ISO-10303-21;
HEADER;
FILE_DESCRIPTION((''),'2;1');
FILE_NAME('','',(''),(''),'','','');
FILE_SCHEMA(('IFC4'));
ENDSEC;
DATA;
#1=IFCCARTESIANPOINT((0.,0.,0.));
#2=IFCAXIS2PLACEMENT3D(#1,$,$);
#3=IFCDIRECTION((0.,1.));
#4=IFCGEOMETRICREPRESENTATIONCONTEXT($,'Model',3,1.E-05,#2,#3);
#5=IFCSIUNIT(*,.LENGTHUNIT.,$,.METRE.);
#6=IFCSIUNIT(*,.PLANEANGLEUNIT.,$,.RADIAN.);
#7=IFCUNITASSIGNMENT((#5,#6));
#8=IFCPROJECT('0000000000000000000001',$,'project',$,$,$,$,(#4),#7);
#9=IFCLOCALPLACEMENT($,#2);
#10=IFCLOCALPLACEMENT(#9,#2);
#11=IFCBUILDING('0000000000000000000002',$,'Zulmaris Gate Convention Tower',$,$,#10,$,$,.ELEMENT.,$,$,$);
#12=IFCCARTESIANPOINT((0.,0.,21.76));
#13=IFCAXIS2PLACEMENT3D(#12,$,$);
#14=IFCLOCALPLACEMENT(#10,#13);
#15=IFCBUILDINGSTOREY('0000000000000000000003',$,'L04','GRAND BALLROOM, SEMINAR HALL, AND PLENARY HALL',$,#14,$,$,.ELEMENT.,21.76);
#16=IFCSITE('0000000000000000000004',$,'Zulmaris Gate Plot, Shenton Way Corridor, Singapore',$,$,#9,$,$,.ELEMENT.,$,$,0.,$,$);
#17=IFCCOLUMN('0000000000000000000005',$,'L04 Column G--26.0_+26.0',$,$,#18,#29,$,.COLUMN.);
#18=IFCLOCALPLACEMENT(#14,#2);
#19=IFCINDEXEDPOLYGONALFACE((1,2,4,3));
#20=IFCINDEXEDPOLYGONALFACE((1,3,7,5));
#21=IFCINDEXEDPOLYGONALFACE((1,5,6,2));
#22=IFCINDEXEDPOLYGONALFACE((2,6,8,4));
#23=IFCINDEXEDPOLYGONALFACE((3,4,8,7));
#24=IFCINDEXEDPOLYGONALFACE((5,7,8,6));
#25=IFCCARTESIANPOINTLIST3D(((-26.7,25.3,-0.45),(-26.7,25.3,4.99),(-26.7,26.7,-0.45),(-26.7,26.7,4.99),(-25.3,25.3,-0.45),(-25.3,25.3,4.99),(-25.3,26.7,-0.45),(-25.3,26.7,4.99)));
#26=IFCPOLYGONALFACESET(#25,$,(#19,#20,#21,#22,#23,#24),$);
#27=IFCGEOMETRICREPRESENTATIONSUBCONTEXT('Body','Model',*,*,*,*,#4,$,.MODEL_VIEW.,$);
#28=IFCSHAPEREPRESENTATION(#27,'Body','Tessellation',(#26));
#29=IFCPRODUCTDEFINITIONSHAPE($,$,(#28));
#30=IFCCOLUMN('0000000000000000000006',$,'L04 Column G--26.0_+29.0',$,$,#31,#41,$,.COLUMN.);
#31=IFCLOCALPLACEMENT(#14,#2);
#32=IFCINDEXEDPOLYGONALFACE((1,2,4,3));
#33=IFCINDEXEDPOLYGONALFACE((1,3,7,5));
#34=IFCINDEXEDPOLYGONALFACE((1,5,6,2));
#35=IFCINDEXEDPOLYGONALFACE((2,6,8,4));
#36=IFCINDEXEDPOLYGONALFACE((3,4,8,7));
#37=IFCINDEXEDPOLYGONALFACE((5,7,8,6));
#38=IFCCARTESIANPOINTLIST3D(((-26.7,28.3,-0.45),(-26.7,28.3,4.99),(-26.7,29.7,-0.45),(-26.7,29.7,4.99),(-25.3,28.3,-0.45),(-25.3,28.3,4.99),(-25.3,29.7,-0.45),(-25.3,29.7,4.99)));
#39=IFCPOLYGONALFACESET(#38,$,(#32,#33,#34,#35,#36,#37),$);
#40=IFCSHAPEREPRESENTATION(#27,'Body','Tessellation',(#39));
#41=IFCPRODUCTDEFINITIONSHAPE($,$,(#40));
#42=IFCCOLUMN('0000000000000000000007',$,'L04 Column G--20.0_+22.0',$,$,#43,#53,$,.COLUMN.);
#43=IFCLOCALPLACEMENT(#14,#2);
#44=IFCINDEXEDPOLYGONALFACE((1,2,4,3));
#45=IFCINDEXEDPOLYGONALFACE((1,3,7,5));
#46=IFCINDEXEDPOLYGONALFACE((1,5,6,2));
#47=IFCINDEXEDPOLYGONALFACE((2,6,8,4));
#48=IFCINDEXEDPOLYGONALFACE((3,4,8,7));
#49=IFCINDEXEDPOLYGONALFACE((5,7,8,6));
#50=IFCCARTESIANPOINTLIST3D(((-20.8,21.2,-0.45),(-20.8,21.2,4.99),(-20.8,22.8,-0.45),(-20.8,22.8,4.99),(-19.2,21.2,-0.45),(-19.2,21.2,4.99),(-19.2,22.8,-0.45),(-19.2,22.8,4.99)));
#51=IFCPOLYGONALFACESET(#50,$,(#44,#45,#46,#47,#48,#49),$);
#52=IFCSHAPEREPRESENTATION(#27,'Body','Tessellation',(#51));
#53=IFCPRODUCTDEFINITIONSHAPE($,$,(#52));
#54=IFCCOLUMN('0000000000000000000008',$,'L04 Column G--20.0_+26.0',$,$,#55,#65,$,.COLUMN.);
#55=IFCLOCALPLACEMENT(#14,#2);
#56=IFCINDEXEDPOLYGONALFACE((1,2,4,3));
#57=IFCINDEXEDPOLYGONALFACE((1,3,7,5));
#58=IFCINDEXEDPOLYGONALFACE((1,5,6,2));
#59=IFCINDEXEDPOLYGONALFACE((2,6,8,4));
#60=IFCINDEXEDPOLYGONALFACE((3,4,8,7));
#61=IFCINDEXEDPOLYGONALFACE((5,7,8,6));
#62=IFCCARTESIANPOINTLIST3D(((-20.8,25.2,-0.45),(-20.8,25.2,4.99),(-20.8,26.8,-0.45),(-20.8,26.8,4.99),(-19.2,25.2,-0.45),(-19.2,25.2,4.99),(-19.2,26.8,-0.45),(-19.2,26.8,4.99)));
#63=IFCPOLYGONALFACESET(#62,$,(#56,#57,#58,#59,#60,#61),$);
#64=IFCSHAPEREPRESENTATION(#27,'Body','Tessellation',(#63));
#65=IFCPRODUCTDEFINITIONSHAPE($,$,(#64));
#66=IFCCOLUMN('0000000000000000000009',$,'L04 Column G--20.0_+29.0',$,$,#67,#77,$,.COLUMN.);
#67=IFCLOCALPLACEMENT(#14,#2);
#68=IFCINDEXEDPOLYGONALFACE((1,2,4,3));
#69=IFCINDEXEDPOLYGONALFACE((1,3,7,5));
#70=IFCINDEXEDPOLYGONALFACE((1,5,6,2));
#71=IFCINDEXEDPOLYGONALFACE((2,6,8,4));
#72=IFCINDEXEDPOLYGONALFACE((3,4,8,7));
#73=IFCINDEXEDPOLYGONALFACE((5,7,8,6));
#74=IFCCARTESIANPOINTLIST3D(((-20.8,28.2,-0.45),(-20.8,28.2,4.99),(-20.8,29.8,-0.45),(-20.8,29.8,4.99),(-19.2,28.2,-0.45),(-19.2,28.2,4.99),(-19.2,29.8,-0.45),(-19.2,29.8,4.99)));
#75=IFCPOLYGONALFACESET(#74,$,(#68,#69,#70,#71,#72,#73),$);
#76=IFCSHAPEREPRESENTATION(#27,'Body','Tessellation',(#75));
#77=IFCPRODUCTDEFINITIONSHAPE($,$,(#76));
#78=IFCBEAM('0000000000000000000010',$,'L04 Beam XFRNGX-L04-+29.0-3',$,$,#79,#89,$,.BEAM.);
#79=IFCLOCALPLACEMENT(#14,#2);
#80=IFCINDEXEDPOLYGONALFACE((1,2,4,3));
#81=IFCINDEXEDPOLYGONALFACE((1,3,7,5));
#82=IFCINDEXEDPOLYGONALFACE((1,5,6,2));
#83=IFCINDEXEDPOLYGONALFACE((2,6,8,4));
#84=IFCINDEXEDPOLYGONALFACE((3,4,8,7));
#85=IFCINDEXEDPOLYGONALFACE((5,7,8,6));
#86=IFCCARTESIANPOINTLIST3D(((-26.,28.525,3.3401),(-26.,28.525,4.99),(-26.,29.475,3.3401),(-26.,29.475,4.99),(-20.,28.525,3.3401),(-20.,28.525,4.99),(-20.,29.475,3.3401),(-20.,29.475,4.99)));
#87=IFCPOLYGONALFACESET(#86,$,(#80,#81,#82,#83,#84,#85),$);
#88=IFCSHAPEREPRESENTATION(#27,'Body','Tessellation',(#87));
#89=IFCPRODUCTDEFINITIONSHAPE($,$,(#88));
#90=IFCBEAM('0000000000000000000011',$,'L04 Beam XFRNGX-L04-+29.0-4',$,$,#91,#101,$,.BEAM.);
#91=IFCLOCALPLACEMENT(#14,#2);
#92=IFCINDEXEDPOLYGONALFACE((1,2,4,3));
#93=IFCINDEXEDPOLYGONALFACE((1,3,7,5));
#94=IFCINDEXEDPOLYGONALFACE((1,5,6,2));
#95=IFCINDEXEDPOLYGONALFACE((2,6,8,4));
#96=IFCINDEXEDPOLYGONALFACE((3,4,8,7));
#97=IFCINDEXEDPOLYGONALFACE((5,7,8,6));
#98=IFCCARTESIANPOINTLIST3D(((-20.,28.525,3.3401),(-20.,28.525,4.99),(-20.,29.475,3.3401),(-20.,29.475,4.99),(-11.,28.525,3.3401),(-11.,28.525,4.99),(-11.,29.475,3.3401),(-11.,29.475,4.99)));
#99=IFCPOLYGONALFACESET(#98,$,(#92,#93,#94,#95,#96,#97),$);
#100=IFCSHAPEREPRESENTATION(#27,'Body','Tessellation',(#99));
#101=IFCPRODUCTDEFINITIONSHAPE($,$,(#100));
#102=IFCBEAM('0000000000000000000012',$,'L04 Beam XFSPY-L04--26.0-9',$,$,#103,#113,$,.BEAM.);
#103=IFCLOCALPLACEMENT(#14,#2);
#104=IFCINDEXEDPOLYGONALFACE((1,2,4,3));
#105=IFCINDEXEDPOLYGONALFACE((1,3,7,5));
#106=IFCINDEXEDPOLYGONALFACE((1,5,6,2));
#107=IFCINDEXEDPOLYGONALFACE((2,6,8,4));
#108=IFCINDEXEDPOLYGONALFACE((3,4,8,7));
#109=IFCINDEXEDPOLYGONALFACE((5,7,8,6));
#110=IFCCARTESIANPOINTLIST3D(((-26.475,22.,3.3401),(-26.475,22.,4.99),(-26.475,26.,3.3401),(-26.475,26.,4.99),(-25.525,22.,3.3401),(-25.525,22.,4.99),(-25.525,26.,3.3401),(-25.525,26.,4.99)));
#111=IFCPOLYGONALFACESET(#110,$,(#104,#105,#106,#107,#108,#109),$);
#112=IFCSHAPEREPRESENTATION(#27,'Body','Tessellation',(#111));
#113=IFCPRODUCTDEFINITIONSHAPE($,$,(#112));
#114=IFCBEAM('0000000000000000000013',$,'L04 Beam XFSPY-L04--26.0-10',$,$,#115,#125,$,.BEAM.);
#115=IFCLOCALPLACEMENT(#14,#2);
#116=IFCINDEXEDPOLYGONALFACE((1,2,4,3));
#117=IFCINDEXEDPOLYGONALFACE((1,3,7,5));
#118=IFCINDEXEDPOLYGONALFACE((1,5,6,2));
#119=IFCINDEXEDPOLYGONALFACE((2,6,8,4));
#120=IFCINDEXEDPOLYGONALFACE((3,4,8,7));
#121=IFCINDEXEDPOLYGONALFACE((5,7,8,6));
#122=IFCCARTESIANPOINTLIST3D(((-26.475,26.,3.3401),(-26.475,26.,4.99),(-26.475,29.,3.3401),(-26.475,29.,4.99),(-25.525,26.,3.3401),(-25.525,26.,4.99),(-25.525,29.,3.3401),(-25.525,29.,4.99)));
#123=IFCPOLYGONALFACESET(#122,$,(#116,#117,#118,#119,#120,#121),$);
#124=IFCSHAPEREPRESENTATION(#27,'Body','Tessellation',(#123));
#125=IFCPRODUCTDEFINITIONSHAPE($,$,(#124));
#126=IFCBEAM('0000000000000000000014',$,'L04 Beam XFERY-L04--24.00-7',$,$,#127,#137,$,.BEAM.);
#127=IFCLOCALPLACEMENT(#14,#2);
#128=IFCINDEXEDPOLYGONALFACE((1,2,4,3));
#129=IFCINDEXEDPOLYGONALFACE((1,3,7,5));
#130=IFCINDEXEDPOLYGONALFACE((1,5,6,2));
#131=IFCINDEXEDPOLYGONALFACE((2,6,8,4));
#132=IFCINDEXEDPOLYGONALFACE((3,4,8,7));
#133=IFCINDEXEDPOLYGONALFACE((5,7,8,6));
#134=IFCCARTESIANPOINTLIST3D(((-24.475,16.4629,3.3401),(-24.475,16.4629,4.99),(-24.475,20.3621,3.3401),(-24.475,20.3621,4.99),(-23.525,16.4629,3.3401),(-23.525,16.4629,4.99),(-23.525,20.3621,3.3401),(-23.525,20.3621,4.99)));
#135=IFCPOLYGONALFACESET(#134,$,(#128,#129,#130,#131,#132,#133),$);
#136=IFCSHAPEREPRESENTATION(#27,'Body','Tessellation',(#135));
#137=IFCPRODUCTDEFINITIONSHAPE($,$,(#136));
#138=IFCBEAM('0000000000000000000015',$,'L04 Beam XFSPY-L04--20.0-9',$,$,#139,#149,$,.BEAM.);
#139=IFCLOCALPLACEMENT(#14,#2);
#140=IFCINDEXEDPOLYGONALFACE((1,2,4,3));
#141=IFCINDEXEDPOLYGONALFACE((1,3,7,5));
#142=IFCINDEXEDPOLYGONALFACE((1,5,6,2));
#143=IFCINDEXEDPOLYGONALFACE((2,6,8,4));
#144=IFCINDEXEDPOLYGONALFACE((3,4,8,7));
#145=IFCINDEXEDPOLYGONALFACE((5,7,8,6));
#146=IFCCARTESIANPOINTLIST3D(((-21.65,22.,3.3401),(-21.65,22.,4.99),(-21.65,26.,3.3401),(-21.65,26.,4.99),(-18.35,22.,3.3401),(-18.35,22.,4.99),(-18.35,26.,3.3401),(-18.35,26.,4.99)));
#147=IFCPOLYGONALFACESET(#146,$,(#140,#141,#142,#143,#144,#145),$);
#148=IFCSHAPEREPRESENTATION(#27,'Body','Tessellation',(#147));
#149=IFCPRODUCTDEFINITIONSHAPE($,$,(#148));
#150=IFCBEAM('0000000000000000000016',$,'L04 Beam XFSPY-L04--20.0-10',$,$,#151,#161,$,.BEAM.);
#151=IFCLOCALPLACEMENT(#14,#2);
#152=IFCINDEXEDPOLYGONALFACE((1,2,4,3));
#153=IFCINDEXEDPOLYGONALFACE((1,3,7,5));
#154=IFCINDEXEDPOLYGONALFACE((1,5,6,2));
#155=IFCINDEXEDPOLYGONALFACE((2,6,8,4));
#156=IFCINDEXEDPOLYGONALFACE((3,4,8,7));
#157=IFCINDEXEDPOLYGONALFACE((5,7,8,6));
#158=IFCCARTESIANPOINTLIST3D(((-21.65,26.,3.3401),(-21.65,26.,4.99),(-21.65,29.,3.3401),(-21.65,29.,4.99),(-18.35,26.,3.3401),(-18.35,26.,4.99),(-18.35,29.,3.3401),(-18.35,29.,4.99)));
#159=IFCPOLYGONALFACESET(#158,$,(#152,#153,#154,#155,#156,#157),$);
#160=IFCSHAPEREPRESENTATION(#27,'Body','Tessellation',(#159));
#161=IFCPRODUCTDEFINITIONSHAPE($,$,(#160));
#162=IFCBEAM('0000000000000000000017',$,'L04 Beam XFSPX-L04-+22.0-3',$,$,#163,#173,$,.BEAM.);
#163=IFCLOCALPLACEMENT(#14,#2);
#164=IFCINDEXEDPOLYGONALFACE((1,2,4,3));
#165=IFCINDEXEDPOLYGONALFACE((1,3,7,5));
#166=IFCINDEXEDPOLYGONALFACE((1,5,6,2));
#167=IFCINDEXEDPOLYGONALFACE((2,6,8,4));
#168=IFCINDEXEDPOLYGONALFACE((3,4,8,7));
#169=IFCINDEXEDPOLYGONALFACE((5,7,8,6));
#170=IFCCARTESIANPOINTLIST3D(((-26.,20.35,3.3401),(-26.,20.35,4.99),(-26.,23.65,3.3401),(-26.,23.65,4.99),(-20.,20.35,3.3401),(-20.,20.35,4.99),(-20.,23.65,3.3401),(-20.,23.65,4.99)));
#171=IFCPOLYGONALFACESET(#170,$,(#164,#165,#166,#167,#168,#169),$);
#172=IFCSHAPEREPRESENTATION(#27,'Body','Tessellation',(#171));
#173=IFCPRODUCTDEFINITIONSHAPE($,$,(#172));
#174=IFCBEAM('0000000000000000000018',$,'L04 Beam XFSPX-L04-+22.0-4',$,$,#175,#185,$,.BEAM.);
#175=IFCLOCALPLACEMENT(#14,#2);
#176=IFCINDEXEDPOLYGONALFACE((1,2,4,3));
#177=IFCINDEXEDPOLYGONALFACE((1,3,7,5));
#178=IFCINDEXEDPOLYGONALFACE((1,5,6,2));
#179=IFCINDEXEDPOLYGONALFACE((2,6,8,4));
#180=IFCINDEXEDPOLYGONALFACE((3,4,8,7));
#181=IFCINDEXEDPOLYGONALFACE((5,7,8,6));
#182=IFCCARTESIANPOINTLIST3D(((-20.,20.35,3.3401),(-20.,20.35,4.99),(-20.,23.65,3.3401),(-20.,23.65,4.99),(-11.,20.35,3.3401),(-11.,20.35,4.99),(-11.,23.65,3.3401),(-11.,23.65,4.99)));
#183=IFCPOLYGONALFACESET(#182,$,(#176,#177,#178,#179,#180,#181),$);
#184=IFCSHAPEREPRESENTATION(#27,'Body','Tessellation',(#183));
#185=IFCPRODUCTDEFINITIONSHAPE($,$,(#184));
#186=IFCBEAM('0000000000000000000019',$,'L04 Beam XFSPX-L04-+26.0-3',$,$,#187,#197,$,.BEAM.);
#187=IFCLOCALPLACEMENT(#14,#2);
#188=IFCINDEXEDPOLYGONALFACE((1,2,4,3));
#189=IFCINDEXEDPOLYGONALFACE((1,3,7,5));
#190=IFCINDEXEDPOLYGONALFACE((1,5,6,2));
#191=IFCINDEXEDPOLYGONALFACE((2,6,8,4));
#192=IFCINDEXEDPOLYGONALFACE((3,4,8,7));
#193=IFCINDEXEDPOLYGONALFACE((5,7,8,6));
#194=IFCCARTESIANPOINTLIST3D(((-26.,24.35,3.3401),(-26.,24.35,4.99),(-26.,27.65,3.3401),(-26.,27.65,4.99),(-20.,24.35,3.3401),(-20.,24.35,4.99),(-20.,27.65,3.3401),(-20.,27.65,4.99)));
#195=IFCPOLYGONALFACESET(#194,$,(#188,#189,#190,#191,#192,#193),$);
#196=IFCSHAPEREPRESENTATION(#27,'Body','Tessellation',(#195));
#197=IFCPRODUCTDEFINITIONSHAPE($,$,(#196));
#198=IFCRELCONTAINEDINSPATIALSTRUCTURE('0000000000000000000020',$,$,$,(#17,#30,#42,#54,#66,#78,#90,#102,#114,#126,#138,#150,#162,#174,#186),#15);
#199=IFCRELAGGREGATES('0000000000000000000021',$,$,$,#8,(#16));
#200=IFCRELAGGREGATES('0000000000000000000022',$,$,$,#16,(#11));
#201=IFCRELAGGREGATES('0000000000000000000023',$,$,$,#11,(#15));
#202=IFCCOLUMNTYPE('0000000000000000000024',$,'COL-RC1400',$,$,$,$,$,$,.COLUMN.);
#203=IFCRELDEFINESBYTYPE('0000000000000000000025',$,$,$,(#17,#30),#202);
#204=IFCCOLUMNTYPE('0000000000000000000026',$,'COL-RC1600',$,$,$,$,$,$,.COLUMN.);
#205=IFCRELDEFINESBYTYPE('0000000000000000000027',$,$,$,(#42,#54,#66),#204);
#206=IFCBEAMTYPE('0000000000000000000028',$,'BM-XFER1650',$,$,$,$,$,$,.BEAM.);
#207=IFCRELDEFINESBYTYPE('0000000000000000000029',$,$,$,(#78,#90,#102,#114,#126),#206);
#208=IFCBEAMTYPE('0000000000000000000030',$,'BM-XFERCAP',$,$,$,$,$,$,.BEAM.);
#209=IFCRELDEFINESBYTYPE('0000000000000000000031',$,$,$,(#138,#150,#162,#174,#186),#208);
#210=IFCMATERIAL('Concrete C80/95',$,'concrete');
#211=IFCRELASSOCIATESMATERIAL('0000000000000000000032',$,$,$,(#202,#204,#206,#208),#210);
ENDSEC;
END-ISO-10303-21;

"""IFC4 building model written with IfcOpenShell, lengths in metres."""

from ifc_helpers import new_model, si_unit, direction, frame, origin, origin_2d, place, context, subcontext, project, spatial, rectangle, extrude, material, material_profile, profile_set, type_object, element, save


model = new_model("IFC4")

# Units and contexts
model_context = context("Model", 3, precision=1e-05, world=origin(), true_north=direction((0.0, 1.0)))
body_context = subcontext(model_context, "Body", "Model", "MODEL_VIEW")
ifc_project = project(units=[si_unit("LENGTHUNIT", "METRE"), si_unit("PLANEANGLEUNIT", "RADIAN")], contexts=[model_context])

# Site, building, storey
site_placement = place(None, origin())
site = spatial("IfcSite", under=ifc_project, at=site_placement, Name="Zulmaris Gate Plot, Shenton Way Corridor, Singapore", CompositionType="ELEMENT", RefElevation=0.0)
building_placement = place(site_placement, origin())
building = spatial("IfcBuilding", under=site, at=building_placement, Name="Zulmaris Gate Convention Tower", CompositionType="ELEMENT")
storey_placement = place(building_placement, frame((0.0, 0.0, 21.76)))
storey = spatial("IfcBuildingStorey", under=building, at=storey_placement, Name="L04", Description="GRAND BALLROOM, SEMINAR HALL, AND PLENARY HALL", CompositionType="ELEMENT", Elevation=21.76)

# Columns
ifc_material_1 = material(Name="Concrete C80/95", Category="concrete")
ifc_material_profile_1 = material_profile(ifc_material_1, rectangle(XDim=1.3999, YDim=1.3999, at=origin_2d()), Name="RC COL 1400x1400")
ifc_profile_set_1 = profile_set([ifc_material_profile_1], Name="Concrete C80/95")
column_type_1 = type_object("IfcColumnType", Name="COL-RC1400", PredefinedType="COLUMN", material=ifc_profile_set_1)
for number, where, z_axis, x_axis, name in (
    (1, (-26.0, 26.0, -0.45), (0.0, 0.0, 1.0), (1.0, 0.0, 0.0), "L04 Column G--26.0_+26.0"),
    (2, (-26.0, 29.0, -0.45), (0.0, 0.0, 1.0), (1.0, 0.0, 0.0), "L04 Column G--26.0_+29.0"),
):
    element("IfcColumn", number, at=place(storey_placement, frame(where, z_axis=z_axis, x_axis=x_axis)), inside=storey, type_object=column_type_1, Name=name, PredefinedType="COLUMN", context=body_context, shape_type="SweptSolid", body=[
        extrude(rectangle(XDim=1.3999, YDim=1.3999, at=origin_2d()), origin(), (0.0, 0.0, 1.0), 5.4399),
    ])
ifc_material_profile_2 = material_profile(ifc_material_1, rectangle(XDim=1.6001, YDim=1.6001, at=origin_2d()), Name="RC COL 1600x1600")
ifc_profile_set_2 = profile_set([ifc_material_profile_2], Name="Concrete C80/95")
column_type_2 = type_object("IfcColumnType", Name="COL-RC1600", PredefinedType="COLUMN", material=ifc_profile_set_2)
for number, where, z_axis, x_axis, name in (
    (3, (-20.0, 22.0, -0.45), (0.0, 0.0, 1.0), (1.0, 0.0, 0.0), "L04 Column G--20.0_+22.0"),
    (4, (-20.0, 26.0, -0.45), (0.0, 0.0, 1.0), (1.0, 0.0, 0.0), "L04 Column G--20.0_+26.0"),
    (5, (-20.0, 29.0, -0.45), (0.0, 0.0, 1.0), (1.0, 0.0, 0.0), "L04 Column G--20.0_+29.0"),
):
    element("IfcColumn", number, at=place(storey_placement, frame(where, z_axis=z_axis, x_axis=x_axis)), inside=storey, type_object=column_type_2, Name=name, PredefinedType="COLUMN", context=body_context, shape_type="SweptSolid", body=[
        extrude(rectangle(XDim=1.6001, YDim=1.6001, at=origin_2d()), origin(), (0.0, 0.0, 1.0), 5.4399),
    ])

# Beams
ifc_material_profile_3 = material_profile(ifc_material_1, rectangle(XDim=0.95, YDim=1.6499, at=origin_2d()), Name="RC TRANSFER 950x1650")
ifc_profile_set_3 = profile_set([ifc_material_profile_3], Name="Concrete C80/95")
beam_type_1 = type_object("IfcBeamType", Name="BM-XFER1650", PredefinedType="BEAM", material=ifc_profile_set_3)
beam_1_placement = place(storey_placement, frame((-26.0, 29.0, 4.165), z_axis=(1.0, 0.0, 0.0), x_axis=(0.0, 1.0, 0.0)))
element("IfcBeam", 6, at=beam_1_placement, inside=storey, type_object=beam_type_1, Name="L04 Beam XFRNGX-L04-+29.0-3", PredefinedType="BEAM", context=body_context, shape_type="SweptSolid", body=[
    extrude(rectangle(XDim=0.95, YDim=1.6499, at=origin_2d()), origin(), (0.0, 0.0, 1.0), 6.0),
])
beam_2_placement = place(storey_placement, frame((-20.0, 29.0, 4.165), z_axis=(1.0, 0.0, 0.0), x_axis=(0.0, 1.0, 0.0)))
element("IfcBeam", 7, at=beam_2_placement, inside=storey, type_object=beam_type_1, Name="L04 Beam XFRNGX-L04-+29.0-4", PredefinedType="BEAM", context=body_context, shape_type="SweptSolid", body=[
    extrude(rectangle(XDim=0.95, YDim=1.6499, at=origin_2d()), origin(), (0.0, 0.0, 1.0), 9.0),
])
beam_3_placement = place(storey_placement, frame((-26.0, 22.0, 4.165), z_axis=(0.0, 1.0, 0.0), x_axis=(-1.0, 0.0, 0.0)))
element("IfcBeam", 8, at=beam_3_placement, inside=storey, type_object=beam_type_1, Name="L04 Beam XFSPY-L04--26.0-9", PredefinedType="BEAM", context=body_context, shape_type="SweptSolid", body=[
    extrude(rectangle(XDim=0.95, YDim=1.6499, at=origin_2d()), origin(), (0.0, 0.0, 1.0), 4.0),
])
beam_4_placement = place(storey_placement, frame((-26.0, 26.0, 4.165), z_axis=(0.0, 1.0, 0.0), x_axis=(-1.0, 0.0, 0.0)))
element("IfcBeam", 9, at=beam_4_placement, inside=storey, type_object=beam_type_1, Name="L04 Beam XFSPY-L04--26.0-10", PredefinedType="BEAM", context=body_context, shape_type="SweptSolid", body=[
    extrude(rectangle(XDim=0.95, YDim=1.6499, at=origin_2d()), origin(), (0.0, 0.0, 1.0), 3.0),
])
beam_5_placement = place(storey_placement, frame((-24.0, 16.4629, 4.165), z_axis=(0.0, 1.0, 0.0), x_axis=(-1.0, 0.0, 0.0)))
element("IfcBeam", 10, at=beam_5_placement, inside=storey, type_object=beam_type_1, Name="L04 Beam XFERY-L04--24.00-7", PredefinedType="BEAM", context=body_context, shape_type="SweptSolid", body=[
    extrude(rectangle(XDim=0.95, YDim=1.6499, at=origin_2d()), origin(), (0.0, 0.0, 1.0), 3.8992),
])
ifc_material_profile_4 = material_profile(ifc_material_1, rectangle(XDim=3.3, YDim=1.6499, at=origin_2d()), Name="RC TRANSFER 3300x1650")
ifc_profile_set_4 = profile_set([ifc_material_profile_4], Name="Concrete C80/95")
beam_type_2 = type_object("IfcBeamType", Name="BM-XFERCAP", PredefinedType="BEAM", material=ifc_profile_set_4)
beam_6_placement = place(storey_placement, frame((-20.0, 22.0, 4.165), z_axis=(0.0, 1.0, 0.0), x_axis=(-1.0, 0.0, 0.0)))
element("IfcBeam", 11, at=beam_6_placement, inside=storey, type_object=beam_type_2, Name="L04 Beam XFSPY-L04--20.0-9", PredefinedType="BEAM", context=body_context, shape_type="SweptSolid", body=[
    extrude(rectangle(XDim=3.3, YDim=1.6499, at=origin_2d()), origin(), (0.0, 0.0, 1.0), 4.0),
])
beam_7_placement = place(storey_placement, frame((-20.0, 26.0, 4.165), z_axis=(0.0, 1.0, 0.0), x_axis=(-1.0, 0.0, 0.0)))
element("IfcBeam", 12, at=beam_7_placement, inside=storey, type_object=beam_type_2, Name="L04 Beam XFSPY-L04--20.0-10", PredefinedType="BEAM", context=body_context, shape_type="SweptSolid", body=[
    extrude(rectangle(XDim=3.3, YDim=1.6499, at=origin_2d()), origin(), (0.0, 0.0, 1.0), 3.0),
])
beam_8_placement = place(storey_placement, frame((-26.0, 22.0, 4.165), z_axis=(1.0, 0.0, 0.0), x_axis=(0.0, 1.0, 0.0)))
element("IfcBeam", 13, at=beam_8_placement, inside=storey, type_object=beam_type_2, Name="L04 Beam XFSPX-L04-+22.0-3", PredefinedType="BEAM", context=body_context, shape_type="SweptSolid", body=[
    extrude(rectangle(XDim=3.3, YDim=1.6499, at=origin_2d()), origin(), (0.0, 0.0, 1.0), 6.0),
])
beam_9_placement = place(storey_placement, frame((-20.0, 22.0, 4.165), z_axis=(1.0, 0.0, 0.0), x_axis=(0.0, 1.0, 0.0)))
element("IfcBeam", 14, at=beam_9_placement, inside=storey, type_object=beam_type_2, Name="L04 Beam XFSPX-L04-+22.0-4", PredefinedType="BEAM", context=body_context, shape_type="SweptSolid", body=[
    extrude(rectangle(XDim=3.3, YDim=1.6499, at=origin_2d()), origin(), (0.0, 0.0, 1.0), 9.0),
])
beam_10_placement = place(storey_placement, frame((-26.0, 26.0, 4.165), z_axis=(1.0, 0.0, 0.0), x_axis=(0.0, 1.0, 0.0)))
element("IfcBeam", 15, at=beam_10_placement, inside=storey, type_object=beam_type_2, Name="L04 Beam XFSPX-L04-+26.0-3", PredefinedType="BEAM", context=body_context, shape_type="SweptSolid", body=[
    extrude(rectangle(XDim=3.3, YDim=1.6499, at=origin_2d()), origin(), (0.0, 0.0, 1.0), 6.0),
])

save(model, "model.ifc")
